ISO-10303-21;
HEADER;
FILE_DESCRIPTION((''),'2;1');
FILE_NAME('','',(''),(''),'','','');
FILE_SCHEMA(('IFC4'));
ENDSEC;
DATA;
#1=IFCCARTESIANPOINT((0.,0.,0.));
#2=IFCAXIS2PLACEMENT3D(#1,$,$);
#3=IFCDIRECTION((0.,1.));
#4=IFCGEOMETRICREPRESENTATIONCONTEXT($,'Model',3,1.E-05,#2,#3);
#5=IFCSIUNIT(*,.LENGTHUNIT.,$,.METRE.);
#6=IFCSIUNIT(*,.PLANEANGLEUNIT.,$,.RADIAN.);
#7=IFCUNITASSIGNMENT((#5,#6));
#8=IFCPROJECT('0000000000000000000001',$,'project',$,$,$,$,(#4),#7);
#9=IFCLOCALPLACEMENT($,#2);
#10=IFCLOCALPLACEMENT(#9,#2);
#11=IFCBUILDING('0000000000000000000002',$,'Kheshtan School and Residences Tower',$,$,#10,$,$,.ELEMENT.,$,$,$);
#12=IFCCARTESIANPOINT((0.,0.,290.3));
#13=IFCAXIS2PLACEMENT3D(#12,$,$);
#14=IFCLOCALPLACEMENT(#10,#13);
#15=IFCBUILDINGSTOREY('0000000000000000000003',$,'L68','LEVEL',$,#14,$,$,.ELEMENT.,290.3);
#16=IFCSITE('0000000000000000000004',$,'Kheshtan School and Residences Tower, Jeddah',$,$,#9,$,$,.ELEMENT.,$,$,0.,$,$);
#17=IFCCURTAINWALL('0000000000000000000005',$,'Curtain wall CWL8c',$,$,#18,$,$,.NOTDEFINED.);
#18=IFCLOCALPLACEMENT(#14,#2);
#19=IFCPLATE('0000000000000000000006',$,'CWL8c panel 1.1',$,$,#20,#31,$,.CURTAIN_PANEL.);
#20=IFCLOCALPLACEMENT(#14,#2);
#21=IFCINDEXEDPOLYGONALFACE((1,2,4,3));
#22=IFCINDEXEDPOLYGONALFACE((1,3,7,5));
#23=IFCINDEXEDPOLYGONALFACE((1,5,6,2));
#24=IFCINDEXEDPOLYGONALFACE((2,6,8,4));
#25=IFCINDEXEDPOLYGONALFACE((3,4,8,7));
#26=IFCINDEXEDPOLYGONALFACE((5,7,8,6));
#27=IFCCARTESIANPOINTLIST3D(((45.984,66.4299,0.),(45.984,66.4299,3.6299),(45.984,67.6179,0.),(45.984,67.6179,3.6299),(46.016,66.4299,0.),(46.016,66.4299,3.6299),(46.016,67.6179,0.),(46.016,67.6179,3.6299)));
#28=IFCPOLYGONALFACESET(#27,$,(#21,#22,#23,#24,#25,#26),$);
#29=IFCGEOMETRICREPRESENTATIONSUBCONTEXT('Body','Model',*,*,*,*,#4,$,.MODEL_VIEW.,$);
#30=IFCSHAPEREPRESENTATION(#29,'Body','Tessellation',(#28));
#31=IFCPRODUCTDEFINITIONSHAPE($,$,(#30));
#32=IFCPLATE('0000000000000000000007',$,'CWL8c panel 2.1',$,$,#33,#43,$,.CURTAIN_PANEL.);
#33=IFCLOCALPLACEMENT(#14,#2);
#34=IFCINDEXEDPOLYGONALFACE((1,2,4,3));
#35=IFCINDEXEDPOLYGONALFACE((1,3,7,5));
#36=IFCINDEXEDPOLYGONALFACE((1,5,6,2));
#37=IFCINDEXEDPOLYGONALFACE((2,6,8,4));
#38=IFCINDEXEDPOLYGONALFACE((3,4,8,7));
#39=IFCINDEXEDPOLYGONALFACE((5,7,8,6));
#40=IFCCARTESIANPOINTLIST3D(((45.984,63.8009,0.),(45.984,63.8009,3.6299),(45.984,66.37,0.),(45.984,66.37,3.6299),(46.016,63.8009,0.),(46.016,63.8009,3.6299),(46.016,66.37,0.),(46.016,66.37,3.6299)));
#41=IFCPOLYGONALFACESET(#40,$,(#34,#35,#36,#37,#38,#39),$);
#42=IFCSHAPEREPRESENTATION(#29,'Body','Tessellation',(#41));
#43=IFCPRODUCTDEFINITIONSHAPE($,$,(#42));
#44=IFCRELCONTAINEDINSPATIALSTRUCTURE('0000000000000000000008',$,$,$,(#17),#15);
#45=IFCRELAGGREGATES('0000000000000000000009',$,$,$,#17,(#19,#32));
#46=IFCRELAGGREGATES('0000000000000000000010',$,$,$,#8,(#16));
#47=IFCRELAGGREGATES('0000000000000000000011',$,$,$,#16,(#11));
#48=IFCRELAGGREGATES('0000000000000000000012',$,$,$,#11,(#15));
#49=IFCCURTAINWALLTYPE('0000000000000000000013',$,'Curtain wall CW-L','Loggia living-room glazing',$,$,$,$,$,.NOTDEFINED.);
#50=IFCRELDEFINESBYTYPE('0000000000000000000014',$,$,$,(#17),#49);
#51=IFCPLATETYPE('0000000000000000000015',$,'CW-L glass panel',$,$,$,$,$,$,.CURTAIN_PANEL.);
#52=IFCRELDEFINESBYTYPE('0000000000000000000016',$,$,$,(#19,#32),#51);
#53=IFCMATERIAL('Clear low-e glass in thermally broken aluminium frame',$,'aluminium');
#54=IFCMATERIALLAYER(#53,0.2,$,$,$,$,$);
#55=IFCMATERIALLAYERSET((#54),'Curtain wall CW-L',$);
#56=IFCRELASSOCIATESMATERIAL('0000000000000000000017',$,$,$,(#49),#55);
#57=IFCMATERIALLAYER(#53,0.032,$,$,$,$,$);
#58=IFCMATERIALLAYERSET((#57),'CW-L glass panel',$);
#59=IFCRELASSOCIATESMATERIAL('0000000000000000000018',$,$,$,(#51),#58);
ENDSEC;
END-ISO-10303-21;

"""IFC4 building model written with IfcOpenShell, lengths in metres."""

from ifc_helpers import new_model, si_unit, direction, frame, origin, origin_2d, place, context, subcontext, project, spatial, rectangle, extrude, material, layer, layer_set, type_object, element, aggregate, save


model = new_model("IFC4")

# Units and contexts
model_context = context("Model", 3, precision=1e-05, world=origin(), true_north=direction((0.0, 1.0)))
body_context = subcontext(model_context, "Body", "Model", "MODEL_VIEW")
ifc_project = project(units=[si_unit("LENGTHUNIT", "METRE"), si_unit("PLANEANGLEUNIT", "RADIAN")], contexts=[model_context])

# Site, building, storey
site_placement = place(None, origin())
site = spatial("IfcSite", under=ifc_project, at=site_placement, Name="Kheshtan School and Residences Tower, Jeddah", CompositionType="ELEMENT", RefElevation=0.0)
building_placement = place(site_placement, origin())
building = spatial("IfcBuilding", under=site, at=building_placement, Name="Kheshtan School and Residences Tower", CompositionType="ELEMENT")
storey_placement = place(building_placement, frame((0.0, 0.0, 290.3)))
storey = spatial("IfcBuildingStorey", under=building, at=storey_placement, Name="L68", Description="LEVEL", CompositionType="ELEMENT", Elevation=290.3)

# Shared definitions
ifc_material_1 = material(Name="Clear low-e glass in thermally broken aluminium frame", Category="aluminium")
ifc_layer_1 = layer(ifc_material_1, 0.2)
ifc_layer_set_1 = layer_set([ifc_layer_1], Name="Curtain wall CW-L")
curtain_wall_type = type_object("IfcCurtainWallType", Name="Curtain wall CW-L", Description="Loggia living-room glazing", PredefinedType="NOTDEFINED", material=ifc_layer_set_1)

# Curtain wall
curtain_wall_1_placement = place(storey_placement, origin())
curtain_wall_1 = element("IfcCurtainWall", 1, at=curtain_wall_1_placement, inside=storey, type_object=curtain_wall_type, Name="Curtain wall CWL8c", PredefinedType="NOTDEFINED")

# Plates
ifc_layer_2 = layer(ifc_material_1, 0.032)
ifc_layer_set_2 = layer_set([ifc_layer_2], Name="CW-L glass panel")
plate_type = type_object("IfcPlateType", Name="CW-L glass panel", PredefinedType="CURTAIN_PANEL", material=ifc_layer_set_2)
plate_1_placement = place(storey_placement, frame((46.0, 67.0239, 0.0), z_axis=(0.0, 0.0, 1.0), x_axis=(0.0, -1.0, 0.0)))
plate_1 = element("IfcPlate", 2, at=plate_1_placement, type_object=plate_type, Name="CWL8c panel 1.1", PredefinedType="CURTAIN_PANEL", context=body_context, shape_type="SweptSolid", body=[
    extrude(rectangle(XDim=1.188, YDim=0.032, at=origin_2d()), origin(), (0.0, 0.0, 1.0), 3.6299),
])
plate_2_placement = place(storey_placement, frame((46.0, 65.0854, 0.0), z_axis=(0.0, 0.0, 1.0), x_axis=(0.0, -1.0, 0.0)))
plate_2 = element("IfcPlate", 3, at=plate_2_placement, type_object=plate_type, Name="CWL8c panel 2.1", PredefinedType="CURTAIN_PANEL", context=body_context, shape_type="SweptSolid", body=[
    extrude(rectangle(XDim=2.5691, YDim=0.032, at=origin_2d()), origin(), (0.0, 0.0, 1.0), 3.6299),
])
aggregate(curtain_wall_1, [plate_1, plate_2])

save(model, "model.ifc")
